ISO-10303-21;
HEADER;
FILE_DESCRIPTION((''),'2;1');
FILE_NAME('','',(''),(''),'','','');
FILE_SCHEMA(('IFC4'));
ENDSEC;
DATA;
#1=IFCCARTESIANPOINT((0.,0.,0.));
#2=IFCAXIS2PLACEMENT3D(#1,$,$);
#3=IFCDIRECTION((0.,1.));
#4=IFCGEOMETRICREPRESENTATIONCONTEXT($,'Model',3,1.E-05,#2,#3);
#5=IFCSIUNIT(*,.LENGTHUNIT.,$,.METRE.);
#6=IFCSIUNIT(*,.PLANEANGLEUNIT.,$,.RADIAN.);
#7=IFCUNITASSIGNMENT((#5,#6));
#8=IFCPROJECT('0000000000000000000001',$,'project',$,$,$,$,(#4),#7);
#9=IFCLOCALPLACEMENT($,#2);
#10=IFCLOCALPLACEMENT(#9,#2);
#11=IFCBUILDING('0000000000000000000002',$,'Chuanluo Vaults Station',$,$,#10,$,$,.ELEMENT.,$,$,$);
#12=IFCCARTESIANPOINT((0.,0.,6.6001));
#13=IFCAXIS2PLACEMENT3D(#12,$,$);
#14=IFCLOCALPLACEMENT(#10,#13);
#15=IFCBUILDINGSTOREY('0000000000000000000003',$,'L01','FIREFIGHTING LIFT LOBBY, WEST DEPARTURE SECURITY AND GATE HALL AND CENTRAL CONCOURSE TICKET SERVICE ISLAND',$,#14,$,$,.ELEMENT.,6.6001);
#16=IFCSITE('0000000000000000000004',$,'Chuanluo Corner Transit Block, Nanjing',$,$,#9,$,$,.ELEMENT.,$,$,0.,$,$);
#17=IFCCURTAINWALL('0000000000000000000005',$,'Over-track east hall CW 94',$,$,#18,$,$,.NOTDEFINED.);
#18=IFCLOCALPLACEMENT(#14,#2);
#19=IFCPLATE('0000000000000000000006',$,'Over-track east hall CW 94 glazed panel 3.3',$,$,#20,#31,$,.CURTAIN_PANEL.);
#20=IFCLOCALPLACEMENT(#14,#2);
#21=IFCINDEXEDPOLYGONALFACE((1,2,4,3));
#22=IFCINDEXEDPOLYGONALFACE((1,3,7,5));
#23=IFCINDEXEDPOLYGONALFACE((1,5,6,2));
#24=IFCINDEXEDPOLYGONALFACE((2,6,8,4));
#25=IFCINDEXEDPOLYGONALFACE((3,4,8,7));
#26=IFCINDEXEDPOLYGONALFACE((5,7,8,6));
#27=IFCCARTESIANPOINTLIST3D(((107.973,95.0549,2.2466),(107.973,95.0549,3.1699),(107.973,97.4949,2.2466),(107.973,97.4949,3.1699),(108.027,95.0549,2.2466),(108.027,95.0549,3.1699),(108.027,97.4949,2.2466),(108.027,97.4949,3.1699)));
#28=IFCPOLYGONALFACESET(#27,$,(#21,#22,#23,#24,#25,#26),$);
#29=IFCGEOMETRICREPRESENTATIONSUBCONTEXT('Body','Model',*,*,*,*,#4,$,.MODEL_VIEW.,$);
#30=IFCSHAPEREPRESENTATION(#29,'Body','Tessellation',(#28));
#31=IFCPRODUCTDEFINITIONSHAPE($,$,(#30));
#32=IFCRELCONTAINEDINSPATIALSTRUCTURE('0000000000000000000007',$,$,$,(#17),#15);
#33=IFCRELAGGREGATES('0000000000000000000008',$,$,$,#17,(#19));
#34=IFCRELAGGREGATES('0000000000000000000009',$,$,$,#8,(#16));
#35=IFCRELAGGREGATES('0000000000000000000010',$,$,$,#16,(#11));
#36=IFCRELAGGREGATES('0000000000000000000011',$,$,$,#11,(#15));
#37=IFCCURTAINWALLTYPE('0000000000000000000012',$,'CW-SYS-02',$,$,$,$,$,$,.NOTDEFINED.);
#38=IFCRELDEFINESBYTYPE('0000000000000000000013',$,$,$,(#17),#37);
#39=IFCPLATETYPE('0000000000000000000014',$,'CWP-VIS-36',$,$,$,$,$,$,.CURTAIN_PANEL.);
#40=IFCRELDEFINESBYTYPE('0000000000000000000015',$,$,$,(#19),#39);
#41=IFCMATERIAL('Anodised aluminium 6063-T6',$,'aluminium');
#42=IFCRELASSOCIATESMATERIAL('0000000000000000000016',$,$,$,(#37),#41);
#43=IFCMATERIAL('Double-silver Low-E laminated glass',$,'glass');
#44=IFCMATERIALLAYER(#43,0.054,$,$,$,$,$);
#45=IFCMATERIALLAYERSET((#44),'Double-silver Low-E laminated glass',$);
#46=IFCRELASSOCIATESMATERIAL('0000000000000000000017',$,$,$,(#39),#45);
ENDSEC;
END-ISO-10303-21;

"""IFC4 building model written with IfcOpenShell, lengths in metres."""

from ifc_helpers import new_model, si_unit, direction, frame, origin, origin_2d, place, context, subcontext, project, spatial, rectangle, extrude, material, layer, layer_set, type_object, element, aggregate, save


model = new_model("IFC4")

# Units and contexts
model_context = context("Model", 3, precision=1e-05, world=origin(), true_north=direction((0.0, 1.0)))
body_context = subcontext(model_context, "Body", "Model", "MODEL_VIEW")
ifc_project = project(units=[si_unit("LENGTHUNIT", "METRE"), si_unit("PLANEANGLEUNIT", "RADIAN")], contexts=[model_context])

# Site, building, storey
site_placement = place(None, origin())
site = spatial("IfcSite", under=ifc_project, at=site_placement, Name="Chuanluo Corner Transit Block, Nanjing", CompositionType="ELEMENT", RefElevation=0.0)
building_placement = place(site_placement, origin())
building = spatial("IfcBuilding", under=site, at=building_placement, Name="Chuanluo Vaults Station", CompositionType="ELEMENT")
storey_placement = place(building_placement, frame((0.0, 0.0, 6.6001)))
storey = spatial("IfcBuildingStorey", under=building, at=storey_placement, Name="L01", Description="FIREFIGHTING LIFT LOBBY, WEST DEPARTURE SECURITY AND GATE HALL AND CENTRAL CONCOURSE TICKET SERVICE ISLAND", CompositionType="ELEMENT", Elevation=6.6001)

# Curtain wall, plate
ifc_material_1 = material(Name="Anodised aluminium 6063-T6", Category="aluminium")
curtain_wall_type = type_object("IfcCurtainWallType", Name="CW-SYS-02", PredefinedType="NOTDEFINED", material=ifc_material_1)
curtain_wall_placement = place(storey_placement, origin())
curtain_wall = element("IfcCurtainWall", 1, at=curtain_wall_placement, inside=storey, type_object=curtain_wall_type, Name="Over-track east hall CW 94", PredefinedType="NOTDEFINED")
ifc_material_2 = material(Name="Double-silver Low-E laminated glass", Category="glass")
ifc_layer_1 = layer(ifc_material_2, 0.054)
ifc_layer_set_1 = layer_set([ifc_layer_1], Name="Double-silver Low-E laminated glass")
plate_type_1 = type_object("IfcPlateType", Name="CWP-VIS-36", PredefinedType="CURTAIN_PANEL", material=ifc_layer_set_1)
plate_1_placement = place(storey_placement, frame((108.0, 96.2749, 2.2466), z_axis=(0.0, 0.0, 1.0), x_axis=(0.0, -1.0, 0.0)))
plate_1 = element("IfcPlate", 2, at=plate_1_placement, type_object=plate_type_1, Name="Over-track east hall CW 94 glazed panel 3.3", PredefinedType="CURTAIN_PANEL", context=body_context, shape_type="SweptSolid", body=[
    extrude(rectangle(XDim=2.4399, YDim=0.054, at=origin_2d()), origin(), (0.0, 0.0, 1.0), 0.9233),
])
aggregate(curtain_wall, [plate_1])

save(model, "model.ifc")
